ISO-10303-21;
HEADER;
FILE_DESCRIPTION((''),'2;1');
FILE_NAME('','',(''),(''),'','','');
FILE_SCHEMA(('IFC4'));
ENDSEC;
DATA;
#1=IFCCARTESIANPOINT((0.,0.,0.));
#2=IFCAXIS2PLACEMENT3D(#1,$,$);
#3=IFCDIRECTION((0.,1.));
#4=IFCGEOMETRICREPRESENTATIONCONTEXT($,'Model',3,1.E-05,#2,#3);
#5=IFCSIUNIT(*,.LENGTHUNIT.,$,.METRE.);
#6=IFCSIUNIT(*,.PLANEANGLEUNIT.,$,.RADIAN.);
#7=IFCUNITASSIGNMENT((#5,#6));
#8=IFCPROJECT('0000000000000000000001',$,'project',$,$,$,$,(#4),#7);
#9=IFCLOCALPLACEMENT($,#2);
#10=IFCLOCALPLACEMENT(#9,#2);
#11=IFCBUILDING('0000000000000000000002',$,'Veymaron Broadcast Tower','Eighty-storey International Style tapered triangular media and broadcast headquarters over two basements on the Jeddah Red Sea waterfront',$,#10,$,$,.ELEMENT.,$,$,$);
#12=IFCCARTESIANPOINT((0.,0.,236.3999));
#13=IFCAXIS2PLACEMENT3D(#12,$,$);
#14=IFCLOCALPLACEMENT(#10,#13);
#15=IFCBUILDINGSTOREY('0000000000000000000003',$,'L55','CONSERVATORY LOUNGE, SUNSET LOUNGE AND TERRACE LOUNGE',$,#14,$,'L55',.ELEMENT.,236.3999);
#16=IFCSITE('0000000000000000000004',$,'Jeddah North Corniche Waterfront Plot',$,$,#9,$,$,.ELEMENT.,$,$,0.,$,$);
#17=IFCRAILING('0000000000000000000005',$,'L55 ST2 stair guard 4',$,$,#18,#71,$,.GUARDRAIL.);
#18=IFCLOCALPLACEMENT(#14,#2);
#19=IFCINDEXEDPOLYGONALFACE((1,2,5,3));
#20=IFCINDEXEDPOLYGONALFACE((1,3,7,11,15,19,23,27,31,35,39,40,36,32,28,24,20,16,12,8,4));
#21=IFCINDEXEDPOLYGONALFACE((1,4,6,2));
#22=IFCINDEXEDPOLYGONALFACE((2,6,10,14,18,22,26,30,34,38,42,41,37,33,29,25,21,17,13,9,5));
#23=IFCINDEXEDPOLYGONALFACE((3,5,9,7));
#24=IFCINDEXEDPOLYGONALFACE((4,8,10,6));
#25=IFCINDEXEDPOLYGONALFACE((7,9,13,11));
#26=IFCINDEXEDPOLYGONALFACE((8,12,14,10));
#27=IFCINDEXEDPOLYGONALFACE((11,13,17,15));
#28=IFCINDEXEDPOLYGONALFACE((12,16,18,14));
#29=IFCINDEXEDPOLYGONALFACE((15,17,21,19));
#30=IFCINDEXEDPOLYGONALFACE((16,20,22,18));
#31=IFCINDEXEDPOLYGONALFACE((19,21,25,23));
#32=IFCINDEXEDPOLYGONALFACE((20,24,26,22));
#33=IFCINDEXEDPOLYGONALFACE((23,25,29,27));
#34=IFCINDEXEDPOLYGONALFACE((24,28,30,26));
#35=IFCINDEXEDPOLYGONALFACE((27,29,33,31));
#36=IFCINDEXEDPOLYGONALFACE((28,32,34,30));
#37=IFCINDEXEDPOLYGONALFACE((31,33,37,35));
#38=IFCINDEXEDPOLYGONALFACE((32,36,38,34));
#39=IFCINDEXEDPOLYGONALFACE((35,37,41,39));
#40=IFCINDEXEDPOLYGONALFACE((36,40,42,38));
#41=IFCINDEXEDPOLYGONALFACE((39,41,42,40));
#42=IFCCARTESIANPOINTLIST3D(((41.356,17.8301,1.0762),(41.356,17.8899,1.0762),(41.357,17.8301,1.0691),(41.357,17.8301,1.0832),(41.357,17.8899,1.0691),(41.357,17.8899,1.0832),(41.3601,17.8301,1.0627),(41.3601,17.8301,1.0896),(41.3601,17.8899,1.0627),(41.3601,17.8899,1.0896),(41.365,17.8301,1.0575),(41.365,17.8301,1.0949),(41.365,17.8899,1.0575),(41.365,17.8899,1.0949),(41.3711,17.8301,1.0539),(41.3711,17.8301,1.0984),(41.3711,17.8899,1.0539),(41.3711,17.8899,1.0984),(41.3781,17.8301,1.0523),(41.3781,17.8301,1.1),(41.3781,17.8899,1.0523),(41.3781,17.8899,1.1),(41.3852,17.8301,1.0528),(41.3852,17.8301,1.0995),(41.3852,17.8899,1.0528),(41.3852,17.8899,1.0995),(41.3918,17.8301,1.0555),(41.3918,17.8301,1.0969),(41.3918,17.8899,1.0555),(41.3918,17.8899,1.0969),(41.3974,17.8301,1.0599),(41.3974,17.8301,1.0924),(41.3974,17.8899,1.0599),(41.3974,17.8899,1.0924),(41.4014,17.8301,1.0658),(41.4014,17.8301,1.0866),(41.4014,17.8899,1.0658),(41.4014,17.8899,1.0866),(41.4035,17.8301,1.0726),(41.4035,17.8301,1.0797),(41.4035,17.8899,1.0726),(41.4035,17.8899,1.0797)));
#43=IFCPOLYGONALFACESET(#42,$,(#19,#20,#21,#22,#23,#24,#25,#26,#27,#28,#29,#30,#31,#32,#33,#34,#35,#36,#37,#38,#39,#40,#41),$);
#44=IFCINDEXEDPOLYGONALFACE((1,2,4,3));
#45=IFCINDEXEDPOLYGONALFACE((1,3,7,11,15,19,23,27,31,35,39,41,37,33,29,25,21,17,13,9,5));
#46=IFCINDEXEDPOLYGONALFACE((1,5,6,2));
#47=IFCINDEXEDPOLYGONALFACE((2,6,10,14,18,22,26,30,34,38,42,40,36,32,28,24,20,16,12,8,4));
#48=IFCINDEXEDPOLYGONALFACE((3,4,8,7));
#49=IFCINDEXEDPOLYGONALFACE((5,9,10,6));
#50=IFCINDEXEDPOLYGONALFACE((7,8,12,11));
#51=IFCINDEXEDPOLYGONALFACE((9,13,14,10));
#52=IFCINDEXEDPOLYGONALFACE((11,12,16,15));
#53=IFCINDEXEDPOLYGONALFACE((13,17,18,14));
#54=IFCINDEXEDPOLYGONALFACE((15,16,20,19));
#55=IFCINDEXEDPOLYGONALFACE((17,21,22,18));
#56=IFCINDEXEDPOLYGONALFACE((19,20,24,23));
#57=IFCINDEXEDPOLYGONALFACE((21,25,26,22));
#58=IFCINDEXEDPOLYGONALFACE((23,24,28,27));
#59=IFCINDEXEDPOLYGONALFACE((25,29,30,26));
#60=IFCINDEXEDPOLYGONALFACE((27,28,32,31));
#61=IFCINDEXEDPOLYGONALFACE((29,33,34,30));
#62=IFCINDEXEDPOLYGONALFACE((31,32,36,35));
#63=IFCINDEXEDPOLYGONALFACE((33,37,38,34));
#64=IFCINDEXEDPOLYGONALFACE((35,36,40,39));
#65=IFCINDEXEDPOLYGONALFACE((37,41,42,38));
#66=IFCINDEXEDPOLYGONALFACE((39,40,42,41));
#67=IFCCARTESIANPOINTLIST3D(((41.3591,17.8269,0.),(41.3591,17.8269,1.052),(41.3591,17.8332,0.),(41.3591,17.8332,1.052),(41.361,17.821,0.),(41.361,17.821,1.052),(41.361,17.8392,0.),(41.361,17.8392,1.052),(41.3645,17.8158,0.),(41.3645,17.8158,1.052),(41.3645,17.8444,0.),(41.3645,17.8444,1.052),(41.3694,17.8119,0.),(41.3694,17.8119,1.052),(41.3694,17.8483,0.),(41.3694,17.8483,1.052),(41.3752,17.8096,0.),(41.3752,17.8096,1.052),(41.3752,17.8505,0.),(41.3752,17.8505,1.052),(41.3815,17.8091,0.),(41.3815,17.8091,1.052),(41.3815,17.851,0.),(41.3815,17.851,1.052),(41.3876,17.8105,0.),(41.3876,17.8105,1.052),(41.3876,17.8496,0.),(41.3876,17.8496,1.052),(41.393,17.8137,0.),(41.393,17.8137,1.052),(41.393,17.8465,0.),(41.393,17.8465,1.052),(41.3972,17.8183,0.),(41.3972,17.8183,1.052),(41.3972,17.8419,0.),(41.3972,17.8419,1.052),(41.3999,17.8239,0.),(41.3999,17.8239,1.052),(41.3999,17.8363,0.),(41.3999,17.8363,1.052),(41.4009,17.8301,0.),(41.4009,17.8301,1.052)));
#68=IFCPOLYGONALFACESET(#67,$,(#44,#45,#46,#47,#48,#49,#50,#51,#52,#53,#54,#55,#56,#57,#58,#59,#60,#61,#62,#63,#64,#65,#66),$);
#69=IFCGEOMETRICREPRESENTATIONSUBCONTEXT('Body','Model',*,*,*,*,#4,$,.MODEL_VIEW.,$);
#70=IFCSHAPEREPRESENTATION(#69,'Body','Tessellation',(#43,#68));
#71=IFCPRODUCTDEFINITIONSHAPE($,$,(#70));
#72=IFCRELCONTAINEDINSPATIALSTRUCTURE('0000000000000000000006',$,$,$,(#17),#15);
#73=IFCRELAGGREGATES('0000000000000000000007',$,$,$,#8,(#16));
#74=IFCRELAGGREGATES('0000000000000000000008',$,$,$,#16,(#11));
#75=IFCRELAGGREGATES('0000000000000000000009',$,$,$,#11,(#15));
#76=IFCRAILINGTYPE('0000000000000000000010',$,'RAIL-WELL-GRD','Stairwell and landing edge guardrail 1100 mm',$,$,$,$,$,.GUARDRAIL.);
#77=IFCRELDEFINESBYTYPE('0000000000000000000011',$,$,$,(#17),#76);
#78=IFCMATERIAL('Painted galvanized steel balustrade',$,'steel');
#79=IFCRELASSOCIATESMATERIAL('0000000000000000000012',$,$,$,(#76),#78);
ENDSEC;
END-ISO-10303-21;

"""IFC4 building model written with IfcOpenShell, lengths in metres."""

from ifc_helpers import new_model, si_unit, direction, frame, origin, origin_2d, place, context, subcontext, project, spatial, circle, extrude, material, type_object, element, save


model = new_model("IFC4")

# Units and contexts
model_context = context("Model", 3, precision=1e-05, world=origin(), true_north=direction((0.0, 1.0)))
body_context = subcontext(model_context, "Body", "Model", "MODEL_VIEW")
ifc_project = project(units=[si_unit("LENGTHUNIT", "METRE"), si_unit("PLANEANGLEUNIT", "RADIAN")], contexts=[model_context])

# Site, building, storey
site_placement = place(None, origin())
site = spatial("IfcSite", under=ifc_project, at=site_placement, Name="Jeddah North Corniche Waterfront Plot", CompositionType="ELEMENT", RefElevation=0.0)
building_placement = place(site_placement, origin())
building = spatial("IfcBuilding", under=site, at=building_placement, Name="Veymaron Broadcast Tower", Description="Eighty-storey International Style tapered triangular media and broadcast headquarters over two basements on the Jeddah Red Sea waterfront", CompositionType="ELEMENT")
storey_placement = place(building_placement, frame((0.0, 0.0, 236.3999)))
storey = spatial("IfcBuildingStorey", under=building, at=storey_placement, Name="L55", Description="CONSERVATORY LOUNGE, SUNSET LOUNGE AND TERRACE LOUNGE", LongName="L55", CompositionType="ELEMENT", Elevation=236.3999)

# Railing
ifc_material_1 = material(Name="Painted galvanized steel balustrade", Category="steel")
railing_type_1 = type_object("IfcRailingType", Name="RAIL-WELL-GRD", Description="Stairwell and landing edge guardrail 1100 mm", PredefinedType="GUARDRAIL", material=ifc_material_1)
railing_1_placement = place(storey_placement, frame((41.3799, 17.8301, 0.0)))
element("IfcRailing", 1, at=railing_1_placement, inside=storey, type_object=railing_type_1, Name="L55 ST2 stair guard 4", PredefinedType="GUARDRAIL", context=body_context, shape_type="SweptSolid", body=[
    extrude(circle(Radius=0.0239, at=origin_2d()), frame((0.0, 0.0, 1.0762), z_axis=(0.0, 1.0, 0.0), x_axis=(-1.0, 0.0, 0.0)), (0.0, 0.0, 1.0), 0.0598),
    extrude(circle(Radius=0.021, at=origin_2d()), origin(), (0.0, 0.0, 1.0), 1.052),
])

save(model, "model.ifc")
